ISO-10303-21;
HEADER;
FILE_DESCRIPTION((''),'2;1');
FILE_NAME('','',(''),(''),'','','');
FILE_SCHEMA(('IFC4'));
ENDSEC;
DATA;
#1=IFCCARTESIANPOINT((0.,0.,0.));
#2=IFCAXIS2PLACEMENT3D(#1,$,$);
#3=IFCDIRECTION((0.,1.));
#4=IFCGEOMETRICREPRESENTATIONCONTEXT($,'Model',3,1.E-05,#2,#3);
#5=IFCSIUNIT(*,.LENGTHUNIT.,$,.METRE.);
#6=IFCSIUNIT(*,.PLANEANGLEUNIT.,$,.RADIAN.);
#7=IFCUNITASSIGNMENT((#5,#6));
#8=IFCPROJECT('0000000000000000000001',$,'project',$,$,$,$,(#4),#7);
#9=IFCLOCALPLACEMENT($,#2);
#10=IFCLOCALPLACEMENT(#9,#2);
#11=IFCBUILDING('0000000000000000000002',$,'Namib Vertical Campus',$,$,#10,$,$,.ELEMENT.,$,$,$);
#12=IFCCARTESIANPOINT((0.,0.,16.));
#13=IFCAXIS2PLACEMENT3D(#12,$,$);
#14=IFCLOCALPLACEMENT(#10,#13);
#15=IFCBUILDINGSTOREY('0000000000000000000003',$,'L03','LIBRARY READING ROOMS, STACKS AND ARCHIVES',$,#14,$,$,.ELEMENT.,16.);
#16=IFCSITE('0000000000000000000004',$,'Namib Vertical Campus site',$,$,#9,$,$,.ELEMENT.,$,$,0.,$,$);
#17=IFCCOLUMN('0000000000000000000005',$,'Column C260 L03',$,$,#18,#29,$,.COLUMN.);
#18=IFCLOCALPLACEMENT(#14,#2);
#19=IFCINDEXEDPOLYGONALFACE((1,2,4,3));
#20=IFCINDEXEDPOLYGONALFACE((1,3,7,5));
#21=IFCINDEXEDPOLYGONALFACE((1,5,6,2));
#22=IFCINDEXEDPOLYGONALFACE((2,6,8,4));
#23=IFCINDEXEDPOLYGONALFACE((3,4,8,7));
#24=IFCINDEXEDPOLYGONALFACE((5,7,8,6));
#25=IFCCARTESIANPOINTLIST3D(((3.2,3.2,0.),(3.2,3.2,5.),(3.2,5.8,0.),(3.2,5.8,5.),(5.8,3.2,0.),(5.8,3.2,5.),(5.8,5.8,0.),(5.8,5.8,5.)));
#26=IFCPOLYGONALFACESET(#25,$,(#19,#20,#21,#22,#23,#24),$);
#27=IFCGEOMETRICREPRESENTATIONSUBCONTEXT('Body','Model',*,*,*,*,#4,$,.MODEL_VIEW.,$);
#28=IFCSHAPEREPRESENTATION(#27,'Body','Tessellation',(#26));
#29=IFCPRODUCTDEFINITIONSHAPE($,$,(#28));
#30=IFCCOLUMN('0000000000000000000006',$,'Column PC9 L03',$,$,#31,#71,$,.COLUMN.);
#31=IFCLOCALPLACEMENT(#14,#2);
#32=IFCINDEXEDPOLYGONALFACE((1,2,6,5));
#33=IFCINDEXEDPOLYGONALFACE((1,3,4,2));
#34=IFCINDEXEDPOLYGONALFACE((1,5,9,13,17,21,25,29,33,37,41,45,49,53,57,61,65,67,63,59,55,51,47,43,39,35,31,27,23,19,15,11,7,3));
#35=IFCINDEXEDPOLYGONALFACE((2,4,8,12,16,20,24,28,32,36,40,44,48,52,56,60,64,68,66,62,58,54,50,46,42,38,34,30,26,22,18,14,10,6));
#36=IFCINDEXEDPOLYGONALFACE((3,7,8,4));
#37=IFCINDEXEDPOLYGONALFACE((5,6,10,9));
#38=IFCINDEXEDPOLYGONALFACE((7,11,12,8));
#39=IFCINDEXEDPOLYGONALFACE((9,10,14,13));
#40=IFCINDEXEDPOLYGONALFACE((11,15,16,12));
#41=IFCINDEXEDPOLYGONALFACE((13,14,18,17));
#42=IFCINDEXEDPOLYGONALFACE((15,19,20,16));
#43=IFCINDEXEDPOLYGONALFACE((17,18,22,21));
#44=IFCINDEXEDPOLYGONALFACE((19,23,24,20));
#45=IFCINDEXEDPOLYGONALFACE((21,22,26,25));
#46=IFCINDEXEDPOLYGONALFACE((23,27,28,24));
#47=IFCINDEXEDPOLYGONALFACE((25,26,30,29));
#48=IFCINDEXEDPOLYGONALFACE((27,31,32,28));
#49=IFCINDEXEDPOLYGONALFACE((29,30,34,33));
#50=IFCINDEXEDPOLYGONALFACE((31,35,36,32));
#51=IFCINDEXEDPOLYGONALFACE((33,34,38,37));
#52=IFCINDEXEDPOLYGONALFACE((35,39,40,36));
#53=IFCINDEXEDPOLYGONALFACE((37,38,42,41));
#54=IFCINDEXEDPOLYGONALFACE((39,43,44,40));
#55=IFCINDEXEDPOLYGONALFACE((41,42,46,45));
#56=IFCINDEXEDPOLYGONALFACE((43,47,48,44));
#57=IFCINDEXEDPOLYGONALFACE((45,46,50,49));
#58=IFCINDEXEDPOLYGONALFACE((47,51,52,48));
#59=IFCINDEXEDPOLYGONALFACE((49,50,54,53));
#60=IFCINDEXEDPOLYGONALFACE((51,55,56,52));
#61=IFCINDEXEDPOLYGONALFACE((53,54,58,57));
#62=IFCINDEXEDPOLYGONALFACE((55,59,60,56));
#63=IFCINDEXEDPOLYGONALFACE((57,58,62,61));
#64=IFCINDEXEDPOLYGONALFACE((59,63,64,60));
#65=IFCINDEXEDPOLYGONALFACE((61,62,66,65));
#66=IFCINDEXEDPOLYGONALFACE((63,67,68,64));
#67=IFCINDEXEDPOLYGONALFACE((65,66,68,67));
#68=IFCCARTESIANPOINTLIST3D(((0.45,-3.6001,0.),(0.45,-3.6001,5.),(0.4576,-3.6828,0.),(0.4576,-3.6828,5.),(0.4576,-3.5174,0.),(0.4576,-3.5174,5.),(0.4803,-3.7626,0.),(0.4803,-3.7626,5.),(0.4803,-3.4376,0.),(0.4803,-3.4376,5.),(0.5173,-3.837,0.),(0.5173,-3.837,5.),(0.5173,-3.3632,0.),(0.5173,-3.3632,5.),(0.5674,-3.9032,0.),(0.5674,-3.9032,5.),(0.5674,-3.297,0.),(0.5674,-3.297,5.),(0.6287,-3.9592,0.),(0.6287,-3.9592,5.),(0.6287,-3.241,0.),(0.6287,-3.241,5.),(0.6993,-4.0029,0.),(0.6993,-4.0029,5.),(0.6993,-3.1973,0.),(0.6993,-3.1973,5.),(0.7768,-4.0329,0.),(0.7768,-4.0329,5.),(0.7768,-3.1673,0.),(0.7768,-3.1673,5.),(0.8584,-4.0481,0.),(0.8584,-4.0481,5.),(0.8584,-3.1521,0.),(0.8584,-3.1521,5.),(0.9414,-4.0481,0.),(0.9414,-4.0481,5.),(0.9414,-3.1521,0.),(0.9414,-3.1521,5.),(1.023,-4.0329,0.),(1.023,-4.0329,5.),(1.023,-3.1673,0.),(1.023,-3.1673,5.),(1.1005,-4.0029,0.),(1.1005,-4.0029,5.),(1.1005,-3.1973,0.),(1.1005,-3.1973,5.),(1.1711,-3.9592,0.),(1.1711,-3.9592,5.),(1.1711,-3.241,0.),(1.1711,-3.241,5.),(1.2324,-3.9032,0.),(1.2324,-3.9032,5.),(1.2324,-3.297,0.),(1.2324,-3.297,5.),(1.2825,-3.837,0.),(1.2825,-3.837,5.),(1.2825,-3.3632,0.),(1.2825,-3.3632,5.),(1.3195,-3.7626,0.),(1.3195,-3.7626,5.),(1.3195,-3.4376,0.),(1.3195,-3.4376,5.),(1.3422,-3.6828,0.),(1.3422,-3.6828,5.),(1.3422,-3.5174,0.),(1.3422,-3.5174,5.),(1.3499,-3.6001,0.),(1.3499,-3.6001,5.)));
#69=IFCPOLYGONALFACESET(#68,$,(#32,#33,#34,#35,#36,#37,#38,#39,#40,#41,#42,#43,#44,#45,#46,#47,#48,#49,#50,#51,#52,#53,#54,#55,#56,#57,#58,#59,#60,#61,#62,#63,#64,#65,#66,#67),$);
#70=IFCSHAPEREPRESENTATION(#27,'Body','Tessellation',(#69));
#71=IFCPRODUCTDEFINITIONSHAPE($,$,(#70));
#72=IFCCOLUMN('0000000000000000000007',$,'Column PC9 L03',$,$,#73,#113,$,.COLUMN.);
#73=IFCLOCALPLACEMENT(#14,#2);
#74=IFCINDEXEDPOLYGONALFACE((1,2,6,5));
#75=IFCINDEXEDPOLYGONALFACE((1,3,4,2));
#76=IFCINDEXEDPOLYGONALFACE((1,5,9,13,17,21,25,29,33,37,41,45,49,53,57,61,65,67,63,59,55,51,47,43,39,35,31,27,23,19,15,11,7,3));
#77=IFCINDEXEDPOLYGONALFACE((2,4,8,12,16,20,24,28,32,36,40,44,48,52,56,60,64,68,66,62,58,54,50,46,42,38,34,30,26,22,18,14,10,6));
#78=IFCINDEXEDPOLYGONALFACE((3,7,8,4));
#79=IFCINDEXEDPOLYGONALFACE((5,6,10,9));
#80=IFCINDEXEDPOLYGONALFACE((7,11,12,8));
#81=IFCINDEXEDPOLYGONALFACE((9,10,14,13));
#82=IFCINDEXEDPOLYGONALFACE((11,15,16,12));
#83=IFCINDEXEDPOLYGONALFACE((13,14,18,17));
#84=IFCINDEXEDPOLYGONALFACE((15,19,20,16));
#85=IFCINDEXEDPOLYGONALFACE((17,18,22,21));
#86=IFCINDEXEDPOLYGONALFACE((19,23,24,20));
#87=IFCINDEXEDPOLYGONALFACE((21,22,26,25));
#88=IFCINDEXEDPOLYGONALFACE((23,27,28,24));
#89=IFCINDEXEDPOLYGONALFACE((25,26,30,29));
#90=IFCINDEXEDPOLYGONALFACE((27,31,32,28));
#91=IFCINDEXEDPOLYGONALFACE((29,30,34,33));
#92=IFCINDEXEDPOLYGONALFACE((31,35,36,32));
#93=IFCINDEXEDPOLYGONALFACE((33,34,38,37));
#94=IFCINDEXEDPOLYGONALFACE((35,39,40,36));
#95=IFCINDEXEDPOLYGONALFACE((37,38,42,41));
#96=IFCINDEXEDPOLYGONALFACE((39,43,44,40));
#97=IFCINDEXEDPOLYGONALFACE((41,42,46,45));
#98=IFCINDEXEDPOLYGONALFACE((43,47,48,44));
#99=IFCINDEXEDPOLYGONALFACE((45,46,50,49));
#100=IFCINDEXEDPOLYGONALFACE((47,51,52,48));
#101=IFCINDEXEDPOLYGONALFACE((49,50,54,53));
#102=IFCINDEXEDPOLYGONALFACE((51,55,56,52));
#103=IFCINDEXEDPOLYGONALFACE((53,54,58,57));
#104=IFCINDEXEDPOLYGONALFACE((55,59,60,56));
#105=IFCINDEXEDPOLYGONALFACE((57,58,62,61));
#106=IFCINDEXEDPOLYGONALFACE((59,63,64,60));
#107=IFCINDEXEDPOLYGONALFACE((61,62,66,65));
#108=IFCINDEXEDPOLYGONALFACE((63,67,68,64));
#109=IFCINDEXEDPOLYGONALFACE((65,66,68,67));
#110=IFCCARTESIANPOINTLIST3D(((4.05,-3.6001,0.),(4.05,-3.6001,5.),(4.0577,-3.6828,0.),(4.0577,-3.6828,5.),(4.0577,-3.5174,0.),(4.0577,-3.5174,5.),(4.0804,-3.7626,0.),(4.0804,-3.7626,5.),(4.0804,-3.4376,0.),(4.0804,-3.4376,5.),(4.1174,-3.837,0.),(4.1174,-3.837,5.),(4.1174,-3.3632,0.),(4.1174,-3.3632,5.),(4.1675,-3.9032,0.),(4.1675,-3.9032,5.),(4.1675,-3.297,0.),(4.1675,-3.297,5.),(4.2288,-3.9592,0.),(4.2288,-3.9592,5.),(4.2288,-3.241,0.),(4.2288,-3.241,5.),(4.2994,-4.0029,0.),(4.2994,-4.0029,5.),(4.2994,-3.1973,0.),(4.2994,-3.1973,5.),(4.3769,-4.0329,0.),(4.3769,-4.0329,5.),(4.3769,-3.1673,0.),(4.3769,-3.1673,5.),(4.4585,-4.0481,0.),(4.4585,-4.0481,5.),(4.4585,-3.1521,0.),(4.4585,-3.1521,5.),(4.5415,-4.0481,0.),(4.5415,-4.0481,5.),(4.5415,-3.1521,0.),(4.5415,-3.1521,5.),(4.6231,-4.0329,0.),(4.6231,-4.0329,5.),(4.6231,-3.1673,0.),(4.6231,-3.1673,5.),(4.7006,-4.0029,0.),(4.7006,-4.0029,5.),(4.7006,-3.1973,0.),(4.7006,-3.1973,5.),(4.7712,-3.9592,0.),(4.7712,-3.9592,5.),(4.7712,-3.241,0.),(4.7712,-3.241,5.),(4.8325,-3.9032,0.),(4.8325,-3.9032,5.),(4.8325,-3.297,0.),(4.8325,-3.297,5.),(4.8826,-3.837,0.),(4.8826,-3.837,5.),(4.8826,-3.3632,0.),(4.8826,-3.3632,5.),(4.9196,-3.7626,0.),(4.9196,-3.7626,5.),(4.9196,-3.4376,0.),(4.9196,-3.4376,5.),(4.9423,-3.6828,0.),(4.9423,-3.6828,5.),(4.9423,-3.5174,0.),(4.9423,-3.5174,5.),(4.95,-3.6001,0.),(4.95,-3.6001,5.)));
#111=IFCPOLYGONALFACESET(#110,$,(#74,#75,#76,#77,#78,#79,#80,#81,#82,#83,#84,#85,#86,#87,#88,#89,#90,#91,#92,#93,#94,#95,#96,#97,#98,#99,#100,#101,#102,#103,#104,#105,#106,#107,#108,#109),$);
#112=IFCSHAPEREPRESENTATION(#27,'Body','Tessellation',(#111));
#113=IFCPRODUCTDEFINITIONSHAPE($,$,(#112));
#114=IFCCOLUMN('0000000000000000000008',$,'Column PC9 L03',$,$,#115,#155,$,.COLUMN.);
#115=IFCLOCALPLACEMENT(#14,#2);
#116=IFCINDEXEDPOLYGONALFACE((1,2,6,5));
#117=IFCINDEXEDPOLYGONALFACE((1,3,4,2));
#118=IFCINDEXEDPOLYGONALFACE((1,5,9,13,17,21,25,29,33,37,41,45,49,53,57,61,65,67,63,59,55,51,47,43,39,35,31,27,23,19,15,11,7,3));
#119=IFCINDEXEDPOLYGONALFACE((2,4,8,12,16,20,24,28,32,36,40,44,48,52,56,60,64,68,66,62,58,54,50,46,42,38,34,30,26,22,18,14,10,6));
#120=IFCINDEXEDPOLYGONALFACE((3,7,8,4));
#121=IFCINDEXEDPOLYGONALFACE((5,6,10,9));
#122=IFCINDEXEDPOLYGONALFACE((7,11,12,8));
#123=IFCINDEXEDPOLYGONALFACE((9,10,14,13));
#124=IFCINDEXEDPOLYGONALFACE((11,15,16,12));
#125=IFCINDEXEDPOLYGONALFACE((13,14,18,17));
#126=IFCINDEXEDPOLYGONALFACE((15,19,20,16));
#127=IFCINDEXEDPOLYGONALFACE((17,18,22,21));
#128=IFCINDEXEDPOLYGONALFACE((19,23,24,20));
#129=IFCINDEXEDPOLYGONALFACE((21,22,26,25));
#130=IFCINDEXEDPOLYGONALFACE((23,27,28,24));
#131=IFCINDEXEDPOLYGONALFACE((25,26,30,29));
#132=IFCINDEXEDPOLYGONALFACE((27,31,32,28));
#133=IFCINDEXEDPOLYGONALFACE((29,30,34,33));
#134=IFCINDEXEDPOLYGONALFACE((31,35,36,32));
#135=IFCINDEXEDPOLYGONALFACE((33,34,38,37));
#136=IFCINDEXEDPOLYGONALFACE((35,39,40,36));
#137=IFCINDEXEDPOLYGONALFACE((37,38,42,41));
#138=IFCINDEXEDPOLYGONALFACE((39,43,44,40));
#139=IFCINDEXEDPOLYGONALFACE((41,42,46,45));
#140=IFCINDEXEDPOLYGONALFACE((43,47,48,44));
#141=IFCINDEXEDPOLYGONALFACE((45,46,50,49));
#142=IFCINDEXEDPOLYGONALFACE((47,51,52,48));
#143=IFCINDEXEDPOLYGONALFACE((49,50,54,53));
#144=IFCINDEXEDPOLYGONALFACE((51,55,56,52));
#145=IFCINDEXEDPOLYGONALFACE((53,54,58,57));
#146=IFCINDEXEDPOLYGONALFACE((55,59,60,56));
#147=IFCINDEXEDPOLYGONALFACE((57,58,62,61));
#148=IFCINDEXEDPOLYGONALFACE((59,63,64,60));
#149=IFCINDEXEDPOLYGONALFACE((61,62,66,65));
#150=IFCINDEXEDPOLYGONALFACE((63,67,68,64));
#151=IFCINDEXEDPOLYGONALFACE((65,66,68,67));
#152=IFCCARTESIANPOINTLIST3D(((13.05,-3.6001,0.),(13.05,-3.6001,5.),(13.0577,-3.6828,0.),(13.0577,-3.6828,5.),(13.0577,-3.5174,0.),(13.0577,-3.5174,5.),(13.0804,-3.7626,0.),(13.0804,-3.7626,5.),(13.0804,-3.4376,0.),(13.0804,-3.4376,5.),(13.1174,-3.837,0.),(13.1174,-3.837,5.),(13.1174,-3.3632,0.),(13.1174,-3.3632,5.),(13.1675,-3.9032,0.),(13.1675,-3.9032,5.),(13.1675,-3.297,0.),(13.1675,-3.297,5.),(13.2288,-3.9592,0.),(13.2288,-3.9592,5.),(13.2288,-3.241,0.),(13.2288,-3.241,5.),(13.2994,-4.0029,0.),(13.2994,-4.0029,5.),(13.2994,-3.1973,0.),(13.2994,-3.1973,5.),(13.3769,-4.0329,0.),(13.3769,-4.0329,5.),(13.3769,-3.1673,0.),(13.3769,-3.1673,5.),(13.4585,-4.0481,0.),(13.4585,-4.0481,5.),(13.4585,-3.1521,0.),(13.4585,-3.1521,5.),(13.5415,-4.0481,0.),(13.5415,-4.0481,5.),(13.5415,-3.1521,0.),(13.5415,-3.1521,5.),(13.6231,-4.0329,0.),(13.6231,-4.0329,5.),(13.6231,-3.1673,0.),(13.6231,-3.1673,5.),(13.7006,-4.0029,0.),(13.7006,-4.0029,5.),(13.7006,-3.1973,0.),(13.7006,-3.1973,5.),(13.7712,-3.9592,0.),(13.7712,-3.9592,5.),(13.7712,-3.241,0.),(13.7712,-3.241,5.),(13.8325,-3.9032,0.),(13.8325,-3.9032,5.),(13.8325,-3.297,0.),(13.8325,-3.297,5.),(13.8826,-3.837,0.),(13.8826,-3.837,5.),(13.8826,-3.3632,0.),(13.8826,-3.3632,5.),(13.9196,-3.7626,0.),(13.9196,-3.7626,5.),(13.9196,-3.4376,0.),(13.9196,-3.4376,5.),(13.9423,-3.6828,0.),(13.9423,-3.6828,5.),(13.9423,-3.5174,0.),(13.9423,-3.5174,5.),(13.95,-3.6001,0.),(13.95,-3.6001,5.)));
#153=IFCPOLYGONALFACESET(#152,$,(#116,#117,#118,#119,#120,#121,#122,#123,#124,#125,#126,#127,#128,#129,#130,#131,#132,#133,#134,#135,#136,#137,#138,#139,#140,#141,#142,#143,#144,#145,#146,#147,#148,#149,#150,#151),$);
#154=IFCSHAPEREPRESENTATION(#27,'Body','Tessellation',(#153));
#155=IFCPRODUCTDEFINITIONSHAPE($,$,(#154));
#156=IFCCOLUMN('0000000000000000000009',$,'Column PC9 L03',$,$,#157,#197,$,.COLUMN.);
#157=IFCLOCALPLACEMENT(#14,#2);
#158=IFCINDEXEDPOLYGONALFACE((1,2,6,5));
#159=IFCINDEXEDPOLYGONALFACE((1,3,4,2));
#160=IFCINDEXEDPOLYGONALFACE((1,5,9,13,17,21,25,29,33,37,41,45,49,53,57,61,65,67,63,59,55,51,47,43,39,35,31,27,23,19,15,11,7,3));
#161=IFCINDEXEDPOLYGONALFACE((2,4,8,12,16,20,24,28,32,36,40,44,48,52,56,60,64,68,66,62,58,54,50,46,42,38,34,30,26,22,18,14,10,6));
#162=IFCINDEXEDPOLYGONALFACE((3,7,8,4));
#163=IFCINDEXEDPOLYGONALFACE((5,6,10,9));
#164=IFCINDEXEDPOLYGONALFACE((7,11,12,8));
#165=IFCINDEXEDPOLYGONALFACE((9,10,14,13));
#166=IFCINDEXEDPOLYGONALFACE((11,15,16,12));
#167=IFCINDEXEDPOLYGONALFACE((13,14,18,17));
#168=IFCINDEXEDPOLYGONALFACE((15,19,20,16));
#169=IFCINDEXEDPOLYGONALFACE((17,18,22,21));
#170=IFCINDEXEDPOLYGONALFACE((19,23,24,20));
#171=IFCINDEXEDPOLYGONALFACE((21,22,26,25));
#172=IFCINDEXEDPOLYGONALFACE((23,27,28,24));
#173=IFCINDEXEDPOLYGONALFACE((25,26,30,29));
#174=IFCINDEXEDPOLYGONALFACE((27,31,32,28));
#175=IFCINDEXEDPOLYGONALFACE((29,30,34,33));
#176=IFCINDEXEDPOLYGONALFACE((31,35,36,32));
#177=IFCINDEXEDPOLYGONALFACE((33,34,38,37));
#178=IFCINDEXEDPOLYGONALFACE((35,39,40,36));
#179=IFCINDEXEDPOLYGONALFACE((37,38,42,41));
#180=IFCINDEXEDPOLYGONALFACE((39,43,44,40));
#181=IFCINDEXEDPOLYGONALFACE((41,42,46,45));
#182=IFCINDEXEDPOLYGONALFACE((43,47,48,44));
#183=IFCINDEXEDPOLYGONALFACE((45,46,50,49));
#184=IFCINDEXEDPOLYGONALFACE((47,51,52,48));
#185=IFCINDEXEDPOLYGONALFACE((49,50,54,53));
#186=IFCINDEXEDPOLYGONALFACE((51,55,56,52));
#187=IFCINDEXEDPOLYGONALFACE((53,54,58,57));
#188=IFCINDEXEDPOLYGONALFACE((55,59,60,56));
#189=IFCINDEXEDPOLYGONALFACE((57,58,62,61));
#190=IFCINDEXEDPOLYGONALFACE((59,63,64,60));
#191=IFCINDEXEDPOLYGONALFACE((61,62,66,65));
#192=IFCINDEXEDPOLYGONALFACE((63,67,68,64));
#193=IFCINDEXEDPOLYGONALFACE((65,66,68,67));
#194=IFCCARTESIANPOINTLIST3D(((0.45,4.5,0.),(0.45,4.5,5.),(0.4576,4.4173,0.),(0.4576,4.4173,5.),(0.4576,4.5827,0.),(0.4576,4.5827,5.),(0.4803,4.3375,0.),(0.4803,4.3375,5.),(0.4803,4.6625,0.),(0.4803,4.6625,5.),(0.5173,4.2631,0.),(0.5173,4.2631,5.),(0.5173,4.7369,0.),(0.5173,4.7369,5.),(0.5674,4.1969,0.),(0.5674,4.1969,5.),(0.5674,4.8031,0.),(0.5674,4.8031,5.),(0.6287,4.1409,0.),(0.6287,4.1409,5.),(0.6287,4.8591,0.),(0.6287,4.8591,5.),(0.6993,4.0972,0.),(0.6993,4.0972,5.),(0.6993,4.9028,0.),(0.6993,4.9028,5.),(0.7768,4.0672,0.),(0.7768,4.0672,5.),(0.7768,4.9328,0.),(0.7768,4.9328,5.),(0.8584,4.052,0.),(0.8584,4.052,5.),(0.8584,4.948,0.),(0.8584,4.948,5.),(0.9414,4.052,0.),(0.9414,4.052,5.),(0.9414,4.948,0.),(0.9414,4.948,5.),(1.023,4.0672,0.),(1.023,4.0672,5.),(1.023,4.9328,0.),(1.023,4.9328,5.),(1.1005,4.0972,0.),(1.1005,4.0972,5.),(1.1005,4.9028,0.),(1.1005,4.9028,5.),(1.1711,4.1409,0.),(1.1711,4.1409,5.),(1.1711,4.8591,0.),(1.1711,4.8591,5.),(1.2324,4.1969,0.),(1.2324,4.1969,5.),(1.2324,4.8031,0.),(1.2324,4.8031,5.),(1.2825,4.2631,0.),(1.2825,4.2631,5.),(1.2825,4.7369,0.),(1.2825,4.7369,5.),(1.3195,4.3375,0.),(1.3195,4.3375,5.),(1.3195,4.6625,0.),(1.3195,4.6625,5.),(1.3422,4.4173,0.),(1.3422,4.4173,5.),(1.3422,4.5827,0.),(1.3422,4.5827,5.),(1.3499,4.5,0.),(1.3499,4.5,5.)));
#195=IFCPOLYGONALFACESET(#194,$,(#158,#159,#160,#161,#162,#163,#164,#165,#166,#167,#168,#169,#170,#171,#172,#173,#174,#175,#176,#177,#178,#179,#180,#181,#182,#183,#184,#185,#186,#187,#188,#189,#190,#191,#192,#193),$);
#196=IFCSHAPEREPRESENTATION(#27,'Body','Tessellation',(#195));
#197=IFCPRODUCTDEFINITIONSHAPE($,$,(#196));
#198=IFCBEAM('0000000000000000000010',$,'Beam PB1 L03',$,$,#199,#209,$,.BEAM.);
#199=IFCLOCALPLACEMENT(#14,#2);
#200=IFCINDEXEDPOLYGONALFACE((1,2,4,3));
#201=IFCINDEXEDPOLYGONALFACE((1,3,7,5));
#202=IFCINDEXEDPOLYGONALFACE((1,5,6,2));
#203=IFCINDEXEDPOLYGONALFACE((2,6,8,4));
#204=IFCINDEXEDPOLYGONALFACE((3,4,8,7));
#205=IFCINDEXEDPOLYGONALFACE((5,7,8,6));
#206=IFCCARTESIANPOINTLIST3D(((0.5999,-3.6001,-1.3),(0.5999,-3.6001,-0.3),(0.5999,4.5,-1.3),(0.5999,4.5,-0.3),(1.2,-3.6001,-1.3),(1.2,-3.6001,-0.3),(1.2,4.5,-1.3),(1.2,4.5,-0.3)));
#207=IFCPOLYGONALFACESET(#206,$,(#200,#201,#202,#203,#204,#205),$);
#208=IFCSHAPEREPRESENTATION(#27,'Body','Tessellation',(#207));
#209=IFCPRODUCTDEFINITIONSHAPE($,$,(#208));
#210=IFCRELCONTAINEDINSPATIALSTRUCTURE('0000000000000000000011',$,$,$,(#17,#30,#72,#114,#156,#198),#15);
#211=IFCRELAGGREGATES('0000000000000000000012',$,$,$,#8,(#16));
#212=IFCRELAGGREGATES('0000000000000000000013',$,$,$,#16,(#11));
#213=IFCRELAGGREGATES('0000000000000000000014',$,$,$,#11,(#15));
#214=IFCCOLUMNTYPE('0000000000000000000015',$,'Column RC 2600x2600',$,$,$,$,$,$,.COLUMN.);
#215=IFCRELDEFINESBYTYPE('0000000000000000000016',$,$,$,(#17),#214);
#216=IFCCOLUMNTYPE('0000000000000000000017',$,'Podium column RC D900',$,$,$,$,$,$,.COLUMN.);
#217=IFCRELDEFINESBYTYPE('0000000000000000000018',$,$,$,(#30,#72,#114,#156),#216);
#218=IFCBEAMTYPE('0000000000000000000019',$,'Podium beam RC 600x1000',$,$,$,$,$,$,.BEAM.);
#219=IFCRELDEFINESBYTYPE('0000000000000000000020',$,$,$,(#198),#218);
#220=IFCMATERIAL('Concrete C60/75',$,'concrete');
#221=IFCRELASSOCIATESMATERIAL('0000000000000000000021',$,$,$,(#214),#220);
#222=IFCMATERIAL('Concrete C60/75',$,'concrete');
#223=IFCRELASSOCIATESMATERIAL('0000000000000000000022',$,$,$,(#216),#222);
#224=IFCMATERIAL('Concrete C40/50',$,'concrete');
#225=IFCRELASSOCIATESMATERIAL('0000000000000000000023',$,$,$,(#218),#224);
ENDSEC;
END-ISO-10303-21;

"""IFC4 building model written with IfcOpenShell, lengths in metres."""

from ifc_helpers import new_model, si_unit, direction, frame, origin, origin_2d, place, context, subcontext, project, spatial, rectangle, circle, extrude, material, material_profile, profile_set, type_object, element, save


model = new_model("IFC4")

# Units and contexts
model_context = context("Model", 3, precision=1e-05, world=origin(), true_north=direction((0.0, 1.0)))
body_context = subcontext(model_context, "Body", "Model", "MODEL_VIEW")
ifc_project = project(units=[si_unit("LENGTHUNIT", "METRE"), si_unit("PLANEANGLEUNIT", "RADIAN")], contexts=[model_context])

# Site, building, storey
site_placement = place(None, origin())
site = spatial("IfcSite", under=ifc_project, at=site_placement, Name="Namib Vertical Campus site", CompositionType="ELEMENT", RefElevation=0.0)
building_placement = place(site_placement, origin())
building = spatial("IfcBuilding", under=site, at=building_placement, Name="Namib Vertical Campus", CompositionType="ELEMENT")
storey_placement = place(building_placement, frame((0.0, 0.0, 16.0)))
storey = spatial("IfcBuildingStorey", under=building, at=storey_placement, Name="L03", Description="LIBRARY READING ROOMS, STACKS AND ARCHIVES", CompositionType="ELEMENT", Elevation=16.0)

# Columns
ifc_material_1 = material(Name="Concrete C60/75", Category="concrete")
ifc_material_profile_1 = material_profile(ifc_material_1, rectangle(XDim=2.6001, YDim=2.6001, at=origin_2d()))
ifc_profile_set_1 = profile_set([ifc_material_profile_1], Name="Concrete C60/75")
column_type_1 = type_object("IfcColumnType", Name="Column RC 2600x2600", PredefinedType="COLUMN", material=ifc_profile_set_1)
column_placement = place(storey_placement, frame((4.5, 4.5, 0.0), z_axis=(0.0, 0.0, 1.0), x_axis=(1.0, 0.0, 0.0)))
element("IfcColumn", 1, at=column_placement, inside=storey, type_object=column_type_1, Name="Column C260 L03", PredefinedType="COLUMN", context=body_context, shape_type="SweptSolid", body=[
    extrude(rectangle(XDim=2.6001, YDim=2.6001, at=origin_2d()), origin(), (0.0, 0.0, 1.0), 5.0),
])
ifc_material_2 = material(Name="Concrete C60/75", Category="concrete")
ifc_material_profile_2 = material_profile(ifc_material_2, circle(Radius=0.45, at=origin_2d()))
ifc_profile_set_2 = profile_set([ifc_material_profile_2], Name="Concrete C60/75")
column_type_2 = type_object("IfcColumnType", Name="Podium column RC D900", PredefinedType="COLUMN", material=ifc_profile_set_2)
for number, where, z_axis, x_axis, name in (
    (2, (0.8999, -3.6001, 0.0), (0.0, 0.0, 1.0), (1.0, 0.0, 0.0), "Column PC9 L03"),
    (3, (4.5, -3.6001, 0.0), (0.0, 0.0, 1.0), (1.0, 0.0, 0.0), "Column PC9 L03"),
    (4, (13.5, -3.6001, 0.0), (0.0, 0.0, 1.0), (1.0, 0.0, 0.0), "Column PC9 L03"),
    (5, (0.8999, 4.5, 0.0), (0.0, 0.0, 1.0), (1.0, 0.0, 0.0), "Column PC9 L03"),
):
    element("IfcColumn", number, at=place(storey_placement, frame(where, z_axis=z_axis, x_axis=x_axis)), inside=storey, type_object=column_type_2, Name=name, PredefinedType="COLUMN", context=body_context, shape_type="SweptSolid", body=[
        extrude(circle(Radius=0.45, at=origin_2d()), origin(), (0.0, 0.0, 1.0), 5.0),
    ])

# Beam
ifc_material_3 = material(Name="Concrete C40/50", Category="concrete")
ifc_material_profile_3 = material_profile(ifc_material_3, rectangle(XDim=0.6001, YDim=1.0, at=origin_2d()))
ifc_profile_set_3 = profile_set([ifc_material_profile_3], Name="Concrete C40/50")
beam_type_1 = type_object("IfcBeamType", Name="Podium beam RC 600x1000", PredefinedType="BEAM", material=ifc_profile_set_3)
beam_1_placement = place(storey_placement, frame((0.8999, -3.6001, -0.8), z_axis=(0.0, 1.0, 0.0), x_axis=(-1.0, 0.0, 0.0)))
element("IfcBeam", 6, at=beam_1_placement, inside=storey, type_object=beam_type_1, Name="Beam PB1 L03", PredefinedType="BEAM", context=body_context, shape_type="SweptSolid", body=[
    extrude(rectangle(XDim=0.6001, YDim=1.0, at=origin_2d()), origin(), (0.0, 0.0, 1.0), 8.1001),
])

save(model, "model.ifc")
